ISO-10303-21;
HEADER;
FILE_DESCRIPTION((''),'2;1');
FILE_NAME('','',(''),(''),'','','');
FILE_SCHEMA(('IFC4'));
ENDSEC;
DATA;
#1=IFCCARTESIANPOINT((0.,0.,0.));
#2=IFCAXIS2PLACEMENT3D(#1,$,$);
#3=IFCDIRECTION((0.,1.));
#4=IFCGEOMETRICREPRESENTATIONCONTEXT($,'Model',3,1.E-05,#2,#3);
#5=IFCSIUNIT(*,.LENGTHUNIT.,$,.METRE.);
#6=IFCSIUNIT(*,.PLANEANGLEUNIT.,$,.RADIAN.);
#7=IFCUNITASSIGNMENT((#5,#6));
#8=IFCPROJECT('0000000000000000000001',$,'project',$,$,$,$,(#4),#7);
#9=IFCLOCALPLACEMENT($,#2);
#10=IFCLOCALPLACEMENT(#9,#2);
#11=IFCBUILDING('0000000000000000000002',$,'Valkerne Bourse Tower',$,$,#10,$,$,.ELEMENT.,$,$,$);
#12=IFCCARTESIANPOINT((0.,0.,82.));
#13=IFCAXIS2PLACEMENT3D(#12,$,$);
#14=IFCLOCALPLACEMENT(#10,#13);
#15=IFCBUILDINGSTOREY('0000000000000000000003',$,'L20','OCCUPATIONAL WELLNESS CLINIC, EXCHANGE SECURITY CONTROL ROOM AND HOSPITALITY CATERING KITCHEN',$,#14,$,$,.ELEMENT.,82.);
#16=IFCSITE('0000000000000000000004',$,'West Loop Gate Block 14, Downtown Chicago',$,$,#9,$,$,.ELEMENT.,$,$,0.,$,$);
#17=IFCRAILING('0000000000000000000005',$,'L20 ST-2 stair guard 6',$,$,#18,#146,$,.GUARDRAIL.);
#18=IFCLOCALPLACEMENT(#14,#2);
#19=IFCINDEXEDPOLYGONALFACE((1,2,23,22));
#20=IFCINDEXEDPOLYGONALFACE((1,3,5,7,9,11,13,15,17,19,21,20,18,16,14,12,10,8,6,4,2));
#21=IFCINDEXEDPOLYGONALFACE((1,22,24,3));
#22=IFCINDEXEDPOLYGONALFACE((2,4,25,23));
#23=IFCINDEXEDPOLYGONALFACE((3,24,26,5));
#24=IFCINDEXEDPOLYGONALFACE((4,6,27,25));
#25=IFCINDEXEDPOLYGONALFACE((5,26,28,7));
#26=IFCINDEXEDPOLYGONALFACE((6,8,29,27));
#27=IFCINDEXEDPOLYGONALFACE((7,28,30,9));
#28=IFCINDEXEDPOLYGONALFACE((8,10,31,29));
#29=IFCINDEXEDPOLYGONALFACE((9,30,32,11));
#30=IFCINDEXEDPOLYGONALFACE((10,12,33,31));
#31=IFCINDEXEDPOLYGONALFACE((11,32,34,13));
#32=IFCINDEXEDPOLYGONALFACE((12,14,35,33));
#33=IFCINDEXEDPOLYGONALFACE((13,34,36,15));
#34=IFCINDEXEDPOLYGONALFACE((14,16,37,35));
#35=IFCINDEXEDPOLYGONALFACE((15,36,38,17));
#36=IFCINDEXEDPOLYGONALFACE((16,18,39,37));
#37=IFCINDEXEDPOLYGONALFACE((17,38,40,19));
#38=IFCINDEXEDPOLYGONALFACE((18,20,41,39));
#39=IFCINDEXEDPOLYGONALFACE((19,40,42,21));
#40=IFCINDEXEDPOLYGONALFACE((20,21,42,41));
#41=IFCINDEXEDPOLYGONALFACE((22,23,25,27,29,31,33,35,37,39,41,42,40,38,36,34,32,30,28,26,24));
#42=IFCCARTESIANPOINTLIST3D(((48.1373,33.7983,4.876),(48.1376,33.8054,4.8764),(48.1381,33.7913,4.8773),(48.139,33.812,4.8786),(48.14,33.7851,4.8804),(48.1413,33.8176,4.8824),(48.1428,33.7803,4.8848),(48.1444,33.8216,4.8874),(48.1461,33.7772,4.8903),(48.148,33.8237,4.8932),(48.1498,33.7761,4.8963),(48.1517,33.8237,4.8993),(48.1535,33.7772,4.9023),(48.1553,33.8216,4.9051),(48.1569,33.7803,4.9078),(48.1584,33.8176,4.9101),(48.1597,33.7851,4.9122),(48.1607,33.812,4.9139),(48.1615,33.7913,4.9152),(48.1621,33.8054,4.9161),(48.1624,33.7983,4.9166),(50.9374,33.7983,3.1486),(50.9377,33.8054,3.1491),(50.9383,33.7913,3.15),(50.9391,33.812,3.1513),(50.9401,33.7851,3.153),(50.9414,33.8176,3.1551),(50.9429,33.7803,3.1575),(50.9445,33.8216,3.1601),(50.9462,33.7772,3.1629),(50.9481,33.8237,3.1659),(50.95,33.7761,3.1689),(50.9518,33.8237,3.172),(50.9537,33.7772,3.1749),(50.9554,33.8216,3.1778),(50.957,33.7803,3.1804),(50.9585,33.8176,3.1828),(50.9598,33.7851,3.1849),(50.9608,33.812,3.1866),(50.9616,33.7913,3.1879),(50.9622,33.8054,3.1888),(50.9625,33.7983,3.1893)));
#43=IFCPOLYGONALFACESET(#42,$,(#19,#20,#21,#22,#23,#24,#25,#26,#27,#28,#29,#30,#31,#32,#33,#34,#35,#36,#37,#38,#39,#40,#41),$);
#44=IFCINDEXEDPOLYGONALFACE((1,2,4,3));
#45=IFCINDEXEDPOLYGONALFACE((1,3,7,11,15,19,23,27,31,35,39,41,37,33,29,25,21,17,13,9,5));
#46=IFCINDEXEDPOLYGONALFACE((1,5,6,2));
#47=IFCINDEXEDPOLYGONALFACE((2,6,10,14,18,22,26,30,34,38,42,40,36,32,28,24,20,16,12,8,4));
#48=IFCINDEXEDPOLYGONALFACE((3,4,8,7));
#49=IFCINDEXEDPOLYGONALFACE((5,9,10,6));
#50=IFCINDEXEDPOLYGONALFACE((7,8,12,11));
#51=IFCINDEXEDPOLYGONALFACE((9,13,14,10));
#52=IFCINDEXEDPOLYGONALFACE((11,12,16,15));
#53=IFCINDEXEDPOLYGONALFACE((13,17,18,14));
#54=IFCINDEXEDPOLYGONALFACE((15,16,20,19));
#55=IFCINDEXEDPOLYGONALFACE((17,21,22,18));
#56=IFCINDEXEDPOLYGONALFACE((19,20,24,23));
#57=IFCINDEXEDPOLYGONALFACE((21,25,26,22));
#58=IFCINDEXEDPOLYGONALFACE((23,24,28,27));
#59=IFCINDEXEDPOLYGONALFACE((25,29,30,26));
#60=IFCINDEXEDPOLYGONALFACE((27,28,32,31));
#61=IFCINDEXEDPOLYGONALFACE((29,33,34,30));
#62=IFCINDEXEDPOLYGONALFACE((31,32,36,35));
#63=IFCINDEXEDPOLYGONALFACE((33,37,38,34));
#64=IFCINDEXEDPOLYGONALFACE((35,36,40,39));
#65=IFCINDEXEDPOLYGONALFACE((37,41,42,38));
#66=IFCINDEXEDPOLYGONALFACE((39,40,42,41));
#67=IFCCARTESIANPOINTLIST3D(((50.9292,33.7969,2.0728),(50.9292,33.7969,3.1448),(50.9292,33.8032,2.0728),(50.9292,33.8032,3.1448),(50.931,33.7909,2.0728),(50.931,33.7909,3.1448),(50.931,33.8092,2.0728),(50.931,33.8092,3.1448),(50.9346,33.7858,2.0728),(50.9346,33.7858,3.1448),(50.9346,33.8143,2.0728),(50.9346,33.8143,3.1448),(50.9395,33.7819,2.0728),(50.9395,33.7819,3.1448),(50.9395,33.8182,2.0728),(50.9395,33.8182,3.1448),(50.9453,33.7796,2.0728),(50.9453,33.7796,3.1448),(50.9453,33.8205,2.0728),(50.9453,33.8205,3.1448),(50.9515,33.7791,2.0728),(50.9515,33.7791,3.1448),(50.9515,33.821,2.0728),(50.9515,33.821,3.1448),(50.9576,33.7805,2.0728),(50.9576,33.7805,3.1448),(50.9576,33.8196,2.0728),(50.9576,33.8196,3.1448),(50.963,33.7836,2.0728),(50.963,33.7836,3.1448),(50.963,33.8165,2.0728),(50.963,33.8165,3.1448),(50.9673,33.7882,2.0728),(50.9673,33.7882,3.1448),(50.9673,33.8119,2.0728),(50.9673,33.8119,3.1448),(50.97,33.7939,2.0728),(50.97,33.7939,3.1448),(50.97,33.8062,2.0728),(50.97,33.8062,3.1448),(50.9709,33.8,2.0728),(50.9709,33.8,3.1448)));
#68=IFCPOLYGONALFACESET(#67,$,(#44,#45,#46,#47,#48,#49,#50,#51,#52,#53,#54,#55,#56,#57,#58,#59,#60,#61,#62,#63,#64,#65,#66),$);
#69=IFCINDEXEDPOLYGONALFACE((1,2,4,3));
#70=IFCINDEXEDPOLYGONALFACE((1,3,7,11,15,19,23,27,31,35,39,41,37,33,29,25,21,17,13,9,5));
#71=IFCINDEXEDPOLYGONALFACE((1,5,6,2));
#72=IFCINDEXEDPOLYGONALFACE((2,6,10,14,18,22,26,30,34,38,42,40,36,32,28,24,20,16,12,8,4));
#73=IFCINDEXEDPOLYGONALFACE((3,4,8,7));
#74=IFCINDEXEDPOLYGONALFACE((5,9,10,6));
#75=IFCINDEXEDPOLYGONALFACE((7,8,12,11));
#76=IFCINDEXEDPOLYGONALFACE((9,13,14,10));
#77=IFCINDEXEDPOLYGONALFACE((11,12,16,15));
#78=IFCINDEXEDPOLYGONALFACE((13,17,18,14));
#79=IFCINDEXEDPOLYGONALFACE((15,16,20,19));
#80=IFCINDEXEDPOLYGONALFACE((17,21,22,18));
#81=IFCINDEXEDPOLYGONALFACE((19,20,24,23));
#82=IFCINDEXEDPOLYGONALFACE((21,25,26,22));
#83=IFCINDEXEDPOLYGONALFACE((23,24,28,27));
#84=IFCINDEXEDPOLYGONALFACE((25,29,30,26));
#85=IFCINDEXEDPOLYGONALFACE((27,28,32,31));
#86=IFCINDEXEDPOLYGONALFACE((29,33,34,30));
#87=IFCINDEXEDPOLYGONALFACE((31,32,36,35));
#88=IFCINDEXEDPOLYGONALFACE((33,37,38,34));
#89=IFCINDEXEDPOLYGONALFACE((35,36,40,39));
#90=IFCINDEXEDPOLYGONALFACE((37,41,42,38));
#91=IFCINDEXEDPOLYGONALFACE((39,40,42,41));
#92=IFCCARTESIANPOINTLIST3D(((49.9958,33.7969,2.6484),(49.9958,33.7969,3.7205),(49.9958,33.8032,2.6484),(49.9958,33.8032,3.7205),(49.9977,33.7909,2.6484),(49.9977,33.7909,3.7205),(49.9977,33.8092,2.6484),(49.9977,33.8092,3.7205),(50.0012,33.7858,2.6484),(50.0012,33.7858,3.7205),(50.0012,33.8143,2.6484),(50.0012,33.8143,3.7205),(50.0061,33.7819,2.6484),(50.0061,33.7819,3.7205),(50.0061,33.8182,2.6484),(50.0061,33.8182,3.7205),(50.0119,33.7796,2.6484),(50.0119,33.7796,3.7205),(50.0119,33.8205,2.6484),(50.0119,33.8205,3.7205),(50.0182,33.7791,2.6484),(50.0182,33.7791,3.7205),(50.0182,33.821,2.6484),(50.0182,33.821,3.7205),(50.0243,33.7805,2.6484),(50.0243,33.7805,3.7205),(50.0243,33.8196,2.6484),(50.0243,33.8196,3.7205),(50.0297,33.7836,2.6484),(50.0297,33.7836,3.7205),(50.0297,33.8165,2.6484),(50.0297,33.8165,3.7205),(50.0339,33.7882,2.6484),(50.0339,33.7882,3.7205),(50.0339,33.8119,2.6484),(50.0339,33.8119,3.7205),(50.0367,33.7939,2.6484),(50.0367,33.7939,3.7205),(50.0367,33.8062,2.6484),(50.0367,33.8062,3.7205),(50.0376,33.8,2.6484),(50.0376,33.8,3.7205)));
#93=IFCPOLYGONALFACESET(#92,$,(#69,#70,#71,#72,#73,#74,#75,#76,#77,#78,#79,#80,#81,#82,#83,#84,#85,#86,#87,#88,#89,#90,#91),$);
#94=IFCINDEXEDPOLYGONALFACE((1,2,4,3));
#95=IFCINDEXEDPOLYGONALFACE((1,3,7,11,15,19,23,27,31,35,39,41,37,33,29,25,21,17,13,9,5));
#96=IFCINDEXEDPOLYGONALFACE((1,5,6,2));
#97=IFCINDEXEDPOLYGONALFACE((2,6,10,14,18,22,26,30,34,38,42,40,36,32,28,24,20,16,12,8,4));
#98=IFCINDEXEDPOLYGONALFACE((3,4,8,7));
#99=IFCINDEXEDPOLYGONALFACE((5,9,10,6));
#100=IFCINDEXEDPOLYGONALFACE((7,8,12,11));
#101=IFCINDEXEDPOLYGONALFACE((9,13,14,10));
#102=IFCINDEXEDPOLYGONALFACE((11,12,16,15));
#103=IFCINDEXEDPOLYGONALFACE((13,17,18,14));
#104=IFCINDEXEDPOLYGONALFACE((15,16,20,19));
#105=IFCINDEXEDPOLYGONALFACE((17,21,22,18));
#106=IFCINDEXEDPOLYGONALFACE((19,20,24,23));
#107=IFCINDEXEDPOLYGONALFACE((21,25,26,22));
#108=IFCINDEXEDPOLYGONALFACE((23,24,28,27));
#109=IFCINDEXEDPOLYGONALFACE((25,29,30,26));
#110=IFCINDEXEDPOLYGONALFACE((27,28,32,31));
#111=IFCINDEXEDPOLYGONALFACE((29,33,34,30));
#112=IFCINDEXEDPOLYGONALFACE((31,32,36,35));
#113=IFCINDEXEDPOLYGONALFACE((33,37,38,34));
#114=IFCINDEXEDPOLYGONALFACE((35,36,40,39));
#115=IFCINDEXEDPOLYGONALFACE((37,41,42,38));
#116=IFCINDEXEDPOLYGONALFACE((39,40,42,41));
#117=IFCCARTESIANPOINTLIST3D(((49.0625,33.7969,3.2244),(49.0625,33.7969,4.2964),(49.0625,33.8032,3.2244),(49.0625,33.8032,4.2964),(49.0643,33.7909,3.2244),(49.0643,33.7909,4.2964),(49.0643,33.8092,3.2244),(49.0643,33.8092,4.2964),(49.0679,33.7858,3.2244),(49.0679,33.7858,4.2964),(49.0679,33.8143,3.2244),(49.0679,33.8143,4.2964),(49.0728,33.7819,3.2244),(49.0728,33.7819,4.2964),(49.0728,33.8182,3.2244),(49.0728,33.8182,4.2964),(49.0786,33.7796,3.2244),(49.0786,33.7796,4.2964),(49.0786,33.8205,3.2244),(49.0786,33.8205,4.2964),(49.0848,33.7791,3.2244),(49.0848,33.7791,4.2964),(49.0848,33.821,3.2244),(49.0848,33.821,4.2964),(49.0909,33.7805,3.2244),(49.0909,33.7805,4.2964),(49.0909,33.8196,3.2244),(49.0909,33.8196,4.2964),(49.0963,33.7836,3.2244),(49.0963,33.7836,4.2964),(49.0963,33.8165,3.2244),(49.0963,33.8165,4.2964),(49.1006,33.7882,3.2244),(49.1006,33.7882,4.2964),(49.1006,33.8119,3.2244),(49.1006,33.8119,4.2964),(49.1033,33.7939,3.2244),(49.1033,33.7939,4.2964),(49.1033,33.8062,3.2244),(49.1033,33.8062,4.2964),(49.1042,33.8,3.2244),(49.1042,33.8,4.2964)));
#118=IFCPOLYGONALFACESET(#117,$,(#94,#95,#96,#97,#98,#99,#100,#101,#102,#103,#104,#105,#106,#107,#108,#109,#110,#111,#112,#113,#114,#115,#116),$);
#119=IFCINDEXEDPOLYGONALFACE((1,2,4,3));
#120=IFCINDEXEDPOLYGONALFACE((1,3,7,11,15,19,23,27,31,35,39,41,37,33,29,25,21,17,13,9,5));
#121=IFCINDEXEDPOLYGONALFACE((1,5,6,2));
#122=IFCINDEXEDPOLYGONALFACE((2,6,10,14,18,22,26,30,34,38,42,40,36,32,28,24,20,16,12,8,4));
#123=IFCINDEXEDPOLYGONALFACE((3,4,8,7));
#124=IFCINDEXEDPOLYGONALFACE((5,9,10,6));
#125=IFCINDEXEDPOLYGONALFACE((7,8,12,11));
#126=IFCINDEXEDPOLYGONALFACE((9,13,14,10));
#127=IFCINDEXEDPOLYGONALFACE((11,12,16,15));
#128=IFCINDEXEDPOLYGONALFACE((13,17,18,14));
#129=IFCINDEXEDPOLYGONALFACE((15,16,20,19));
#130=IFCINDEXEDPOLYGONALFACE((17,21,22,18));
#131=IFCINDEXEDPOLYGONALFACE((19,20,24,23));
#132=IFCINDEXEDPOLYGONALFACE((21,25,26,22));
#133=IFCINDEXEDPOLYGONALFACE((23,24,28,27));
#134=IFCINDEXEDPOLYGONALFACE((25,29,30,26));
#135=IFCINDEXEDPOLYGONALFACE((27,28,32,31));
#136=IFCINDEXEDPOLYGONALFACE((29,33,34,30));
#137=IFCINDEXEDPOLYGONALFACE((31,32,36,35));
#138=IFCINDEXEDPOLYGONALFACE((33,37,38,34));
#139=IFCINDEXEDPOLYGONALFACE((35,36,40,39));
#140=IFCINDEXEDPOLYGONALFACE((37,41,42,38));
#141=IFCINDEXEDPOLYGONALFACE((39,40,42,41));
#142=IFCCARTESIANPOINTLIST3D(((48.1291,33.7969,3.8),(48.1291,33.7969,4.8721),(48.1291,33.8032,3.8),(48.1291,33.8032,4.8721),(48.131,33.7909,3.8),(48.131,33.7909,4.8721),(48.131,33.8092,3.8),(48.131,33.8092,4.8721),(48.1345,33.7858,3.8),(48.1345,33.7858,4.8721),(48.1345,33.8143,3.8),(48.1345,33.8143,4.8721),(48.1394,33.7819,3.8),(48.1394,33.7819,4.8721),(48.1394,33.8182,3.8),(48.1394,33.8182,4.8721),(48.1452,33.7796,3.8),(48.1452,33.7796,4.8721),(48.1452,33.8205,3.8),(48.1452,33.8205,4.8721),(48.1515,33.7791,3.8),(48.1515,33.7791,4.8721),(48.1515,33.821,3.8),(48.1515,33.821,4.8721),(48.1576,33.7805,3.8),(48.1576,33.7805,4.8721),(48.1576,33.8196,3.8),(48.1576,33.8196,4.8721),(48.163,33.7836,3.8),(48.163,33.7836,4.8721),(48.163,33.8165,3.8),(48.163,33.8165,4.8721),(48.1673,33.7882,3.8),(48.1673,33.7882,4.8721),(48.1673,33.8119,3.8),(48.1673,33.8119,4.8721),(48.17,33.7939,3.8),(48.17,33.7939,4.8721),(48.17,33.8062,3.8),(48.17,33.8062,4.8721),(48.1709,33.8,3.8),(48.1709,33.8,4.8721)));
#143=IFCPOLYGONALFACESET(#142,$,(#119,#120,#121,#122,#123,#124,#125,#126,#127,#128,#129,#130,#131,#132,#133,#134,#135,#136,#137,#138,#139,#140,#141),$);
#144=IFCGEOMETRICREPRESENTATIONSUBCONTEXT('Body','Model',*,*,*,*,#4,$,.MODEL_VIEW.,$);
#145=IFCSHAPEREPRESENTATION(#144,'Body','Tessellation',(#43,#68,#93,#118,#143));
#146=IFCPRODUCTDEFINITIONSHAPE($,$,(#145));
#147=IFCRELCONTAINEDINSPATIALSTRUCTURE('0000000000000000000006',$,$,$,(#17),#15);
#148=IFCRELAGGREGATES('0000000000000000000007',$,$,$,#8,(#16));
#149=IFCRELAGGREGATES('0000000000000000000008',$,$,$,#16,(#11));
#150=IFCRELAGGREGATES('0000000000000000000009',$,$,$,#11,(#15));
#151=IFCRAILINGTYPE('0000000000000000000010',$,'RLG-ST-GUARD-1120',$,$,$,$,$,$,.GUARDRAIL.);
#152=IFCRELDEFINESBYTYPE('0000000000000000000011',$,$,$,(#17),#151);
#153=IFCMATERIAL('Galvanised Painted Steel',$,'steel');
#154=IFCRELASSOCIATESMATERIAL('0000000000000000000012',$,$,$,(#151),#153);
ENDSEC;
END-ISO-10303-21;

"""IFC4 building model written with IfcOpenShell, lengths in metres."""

from ifc_helpers import new_model, si_unit, direction, frame, origin, origin_2d, place, context, subcontext, project, spatial, circle, extrude, material, type_object, element, save


model = new_model("IFC4")

# Units and contexts
model_context = context("Model", 3, precision=1e-05, world=origin(), true_north=direction((0.0, 1.0)))
body_context = subcontext(model_context, "Body", "Model", "MODEL_VIEW")
ifc_project = project(units=[si_unit("LENGTHUNIT", "METRE"), si_unit("PLANEANGLEUNIT", "RADIAN")], contexts=[model_context])

# Site, building, storey
site_placement = place(None, origin())
site = spatial("IfcSite", under=ifc_project, at=site_placement, Name="West Loop Gate Block 14, Downtown Chicago", CompositionType="ELEMENT", RefElevation=0.0)
building_placement = place(site_placement, origin())
building = spatial("IfcBuilding", under=site, at=building_placement, Name="Valkerne Bourse Tower", CompositionType="ELEMENT")
storey_placement = place(building_placement, frame((0.0, 0.0, 82.0)))
storey = spatial("IfcBuildingStorey", under=building, at=storey_placement, Name="L20", Description="OCCUPATIONAL WELLNESS CLINIC, EXCHANGE SECURITY CONTROL ROOM AND HOSPITALITY CATERING KITCHEN", CompositionType="ELEMENT", Elevation=82.0)

# Railing
ifc_material_1 = material(Name="Galvanised Painted Steel", Category="steel")
railing_type_1 = type_object("IfcRailingType", Name="RLG-ST-GUARD-1120", PredefinedType="GUARDRAIL", material=ifc_material_1)
railing_1_placement = place(storey_placement, frame((50.95, 33.8, 2.0728)))
element("IfcRailing", 1, at=railing_1_placement, inside=storey, type_object=railing_type_1, Name="L20 ST-2 stair guard 6", PredefinedType="GUARDRAIL", context=body_context, shape_type="SweptSolid", body=[
    extrude(circle(Radius=0.0239, at=origin_2d()), frame((0.0, 0.0, 1.0962), z_axis=(-0.85109, 0.0, 0.52502), x_axis=(0.0, -1.0, 0.0)), (0.0, 0.0, 1.0), 3.29),
    extrude(circle(Radius=0.021, at=origin_2d()), origin(), (0.0, 0.0, 1.0), 1.072),
    extrude(circle(Radius=0.021, at=origin_2d()), frame((-0.9333, 0.0, 0.5757)), (0.0, 0.0, 1.0), 1.072),
    extrude(circle(Radius=0.021, at=origin_2d()), frame((-1.8667, 0.0, 1.1516)), (0.0, 0.0, 1.0), 1.072),
    extrude(circle(Radius=0.021, at=origin_2d()), frame((-2.8, 0.0, 1.7273)), (0.0, 0.0, 1.0), 1.072),
])

save(model, "model.ifc")
